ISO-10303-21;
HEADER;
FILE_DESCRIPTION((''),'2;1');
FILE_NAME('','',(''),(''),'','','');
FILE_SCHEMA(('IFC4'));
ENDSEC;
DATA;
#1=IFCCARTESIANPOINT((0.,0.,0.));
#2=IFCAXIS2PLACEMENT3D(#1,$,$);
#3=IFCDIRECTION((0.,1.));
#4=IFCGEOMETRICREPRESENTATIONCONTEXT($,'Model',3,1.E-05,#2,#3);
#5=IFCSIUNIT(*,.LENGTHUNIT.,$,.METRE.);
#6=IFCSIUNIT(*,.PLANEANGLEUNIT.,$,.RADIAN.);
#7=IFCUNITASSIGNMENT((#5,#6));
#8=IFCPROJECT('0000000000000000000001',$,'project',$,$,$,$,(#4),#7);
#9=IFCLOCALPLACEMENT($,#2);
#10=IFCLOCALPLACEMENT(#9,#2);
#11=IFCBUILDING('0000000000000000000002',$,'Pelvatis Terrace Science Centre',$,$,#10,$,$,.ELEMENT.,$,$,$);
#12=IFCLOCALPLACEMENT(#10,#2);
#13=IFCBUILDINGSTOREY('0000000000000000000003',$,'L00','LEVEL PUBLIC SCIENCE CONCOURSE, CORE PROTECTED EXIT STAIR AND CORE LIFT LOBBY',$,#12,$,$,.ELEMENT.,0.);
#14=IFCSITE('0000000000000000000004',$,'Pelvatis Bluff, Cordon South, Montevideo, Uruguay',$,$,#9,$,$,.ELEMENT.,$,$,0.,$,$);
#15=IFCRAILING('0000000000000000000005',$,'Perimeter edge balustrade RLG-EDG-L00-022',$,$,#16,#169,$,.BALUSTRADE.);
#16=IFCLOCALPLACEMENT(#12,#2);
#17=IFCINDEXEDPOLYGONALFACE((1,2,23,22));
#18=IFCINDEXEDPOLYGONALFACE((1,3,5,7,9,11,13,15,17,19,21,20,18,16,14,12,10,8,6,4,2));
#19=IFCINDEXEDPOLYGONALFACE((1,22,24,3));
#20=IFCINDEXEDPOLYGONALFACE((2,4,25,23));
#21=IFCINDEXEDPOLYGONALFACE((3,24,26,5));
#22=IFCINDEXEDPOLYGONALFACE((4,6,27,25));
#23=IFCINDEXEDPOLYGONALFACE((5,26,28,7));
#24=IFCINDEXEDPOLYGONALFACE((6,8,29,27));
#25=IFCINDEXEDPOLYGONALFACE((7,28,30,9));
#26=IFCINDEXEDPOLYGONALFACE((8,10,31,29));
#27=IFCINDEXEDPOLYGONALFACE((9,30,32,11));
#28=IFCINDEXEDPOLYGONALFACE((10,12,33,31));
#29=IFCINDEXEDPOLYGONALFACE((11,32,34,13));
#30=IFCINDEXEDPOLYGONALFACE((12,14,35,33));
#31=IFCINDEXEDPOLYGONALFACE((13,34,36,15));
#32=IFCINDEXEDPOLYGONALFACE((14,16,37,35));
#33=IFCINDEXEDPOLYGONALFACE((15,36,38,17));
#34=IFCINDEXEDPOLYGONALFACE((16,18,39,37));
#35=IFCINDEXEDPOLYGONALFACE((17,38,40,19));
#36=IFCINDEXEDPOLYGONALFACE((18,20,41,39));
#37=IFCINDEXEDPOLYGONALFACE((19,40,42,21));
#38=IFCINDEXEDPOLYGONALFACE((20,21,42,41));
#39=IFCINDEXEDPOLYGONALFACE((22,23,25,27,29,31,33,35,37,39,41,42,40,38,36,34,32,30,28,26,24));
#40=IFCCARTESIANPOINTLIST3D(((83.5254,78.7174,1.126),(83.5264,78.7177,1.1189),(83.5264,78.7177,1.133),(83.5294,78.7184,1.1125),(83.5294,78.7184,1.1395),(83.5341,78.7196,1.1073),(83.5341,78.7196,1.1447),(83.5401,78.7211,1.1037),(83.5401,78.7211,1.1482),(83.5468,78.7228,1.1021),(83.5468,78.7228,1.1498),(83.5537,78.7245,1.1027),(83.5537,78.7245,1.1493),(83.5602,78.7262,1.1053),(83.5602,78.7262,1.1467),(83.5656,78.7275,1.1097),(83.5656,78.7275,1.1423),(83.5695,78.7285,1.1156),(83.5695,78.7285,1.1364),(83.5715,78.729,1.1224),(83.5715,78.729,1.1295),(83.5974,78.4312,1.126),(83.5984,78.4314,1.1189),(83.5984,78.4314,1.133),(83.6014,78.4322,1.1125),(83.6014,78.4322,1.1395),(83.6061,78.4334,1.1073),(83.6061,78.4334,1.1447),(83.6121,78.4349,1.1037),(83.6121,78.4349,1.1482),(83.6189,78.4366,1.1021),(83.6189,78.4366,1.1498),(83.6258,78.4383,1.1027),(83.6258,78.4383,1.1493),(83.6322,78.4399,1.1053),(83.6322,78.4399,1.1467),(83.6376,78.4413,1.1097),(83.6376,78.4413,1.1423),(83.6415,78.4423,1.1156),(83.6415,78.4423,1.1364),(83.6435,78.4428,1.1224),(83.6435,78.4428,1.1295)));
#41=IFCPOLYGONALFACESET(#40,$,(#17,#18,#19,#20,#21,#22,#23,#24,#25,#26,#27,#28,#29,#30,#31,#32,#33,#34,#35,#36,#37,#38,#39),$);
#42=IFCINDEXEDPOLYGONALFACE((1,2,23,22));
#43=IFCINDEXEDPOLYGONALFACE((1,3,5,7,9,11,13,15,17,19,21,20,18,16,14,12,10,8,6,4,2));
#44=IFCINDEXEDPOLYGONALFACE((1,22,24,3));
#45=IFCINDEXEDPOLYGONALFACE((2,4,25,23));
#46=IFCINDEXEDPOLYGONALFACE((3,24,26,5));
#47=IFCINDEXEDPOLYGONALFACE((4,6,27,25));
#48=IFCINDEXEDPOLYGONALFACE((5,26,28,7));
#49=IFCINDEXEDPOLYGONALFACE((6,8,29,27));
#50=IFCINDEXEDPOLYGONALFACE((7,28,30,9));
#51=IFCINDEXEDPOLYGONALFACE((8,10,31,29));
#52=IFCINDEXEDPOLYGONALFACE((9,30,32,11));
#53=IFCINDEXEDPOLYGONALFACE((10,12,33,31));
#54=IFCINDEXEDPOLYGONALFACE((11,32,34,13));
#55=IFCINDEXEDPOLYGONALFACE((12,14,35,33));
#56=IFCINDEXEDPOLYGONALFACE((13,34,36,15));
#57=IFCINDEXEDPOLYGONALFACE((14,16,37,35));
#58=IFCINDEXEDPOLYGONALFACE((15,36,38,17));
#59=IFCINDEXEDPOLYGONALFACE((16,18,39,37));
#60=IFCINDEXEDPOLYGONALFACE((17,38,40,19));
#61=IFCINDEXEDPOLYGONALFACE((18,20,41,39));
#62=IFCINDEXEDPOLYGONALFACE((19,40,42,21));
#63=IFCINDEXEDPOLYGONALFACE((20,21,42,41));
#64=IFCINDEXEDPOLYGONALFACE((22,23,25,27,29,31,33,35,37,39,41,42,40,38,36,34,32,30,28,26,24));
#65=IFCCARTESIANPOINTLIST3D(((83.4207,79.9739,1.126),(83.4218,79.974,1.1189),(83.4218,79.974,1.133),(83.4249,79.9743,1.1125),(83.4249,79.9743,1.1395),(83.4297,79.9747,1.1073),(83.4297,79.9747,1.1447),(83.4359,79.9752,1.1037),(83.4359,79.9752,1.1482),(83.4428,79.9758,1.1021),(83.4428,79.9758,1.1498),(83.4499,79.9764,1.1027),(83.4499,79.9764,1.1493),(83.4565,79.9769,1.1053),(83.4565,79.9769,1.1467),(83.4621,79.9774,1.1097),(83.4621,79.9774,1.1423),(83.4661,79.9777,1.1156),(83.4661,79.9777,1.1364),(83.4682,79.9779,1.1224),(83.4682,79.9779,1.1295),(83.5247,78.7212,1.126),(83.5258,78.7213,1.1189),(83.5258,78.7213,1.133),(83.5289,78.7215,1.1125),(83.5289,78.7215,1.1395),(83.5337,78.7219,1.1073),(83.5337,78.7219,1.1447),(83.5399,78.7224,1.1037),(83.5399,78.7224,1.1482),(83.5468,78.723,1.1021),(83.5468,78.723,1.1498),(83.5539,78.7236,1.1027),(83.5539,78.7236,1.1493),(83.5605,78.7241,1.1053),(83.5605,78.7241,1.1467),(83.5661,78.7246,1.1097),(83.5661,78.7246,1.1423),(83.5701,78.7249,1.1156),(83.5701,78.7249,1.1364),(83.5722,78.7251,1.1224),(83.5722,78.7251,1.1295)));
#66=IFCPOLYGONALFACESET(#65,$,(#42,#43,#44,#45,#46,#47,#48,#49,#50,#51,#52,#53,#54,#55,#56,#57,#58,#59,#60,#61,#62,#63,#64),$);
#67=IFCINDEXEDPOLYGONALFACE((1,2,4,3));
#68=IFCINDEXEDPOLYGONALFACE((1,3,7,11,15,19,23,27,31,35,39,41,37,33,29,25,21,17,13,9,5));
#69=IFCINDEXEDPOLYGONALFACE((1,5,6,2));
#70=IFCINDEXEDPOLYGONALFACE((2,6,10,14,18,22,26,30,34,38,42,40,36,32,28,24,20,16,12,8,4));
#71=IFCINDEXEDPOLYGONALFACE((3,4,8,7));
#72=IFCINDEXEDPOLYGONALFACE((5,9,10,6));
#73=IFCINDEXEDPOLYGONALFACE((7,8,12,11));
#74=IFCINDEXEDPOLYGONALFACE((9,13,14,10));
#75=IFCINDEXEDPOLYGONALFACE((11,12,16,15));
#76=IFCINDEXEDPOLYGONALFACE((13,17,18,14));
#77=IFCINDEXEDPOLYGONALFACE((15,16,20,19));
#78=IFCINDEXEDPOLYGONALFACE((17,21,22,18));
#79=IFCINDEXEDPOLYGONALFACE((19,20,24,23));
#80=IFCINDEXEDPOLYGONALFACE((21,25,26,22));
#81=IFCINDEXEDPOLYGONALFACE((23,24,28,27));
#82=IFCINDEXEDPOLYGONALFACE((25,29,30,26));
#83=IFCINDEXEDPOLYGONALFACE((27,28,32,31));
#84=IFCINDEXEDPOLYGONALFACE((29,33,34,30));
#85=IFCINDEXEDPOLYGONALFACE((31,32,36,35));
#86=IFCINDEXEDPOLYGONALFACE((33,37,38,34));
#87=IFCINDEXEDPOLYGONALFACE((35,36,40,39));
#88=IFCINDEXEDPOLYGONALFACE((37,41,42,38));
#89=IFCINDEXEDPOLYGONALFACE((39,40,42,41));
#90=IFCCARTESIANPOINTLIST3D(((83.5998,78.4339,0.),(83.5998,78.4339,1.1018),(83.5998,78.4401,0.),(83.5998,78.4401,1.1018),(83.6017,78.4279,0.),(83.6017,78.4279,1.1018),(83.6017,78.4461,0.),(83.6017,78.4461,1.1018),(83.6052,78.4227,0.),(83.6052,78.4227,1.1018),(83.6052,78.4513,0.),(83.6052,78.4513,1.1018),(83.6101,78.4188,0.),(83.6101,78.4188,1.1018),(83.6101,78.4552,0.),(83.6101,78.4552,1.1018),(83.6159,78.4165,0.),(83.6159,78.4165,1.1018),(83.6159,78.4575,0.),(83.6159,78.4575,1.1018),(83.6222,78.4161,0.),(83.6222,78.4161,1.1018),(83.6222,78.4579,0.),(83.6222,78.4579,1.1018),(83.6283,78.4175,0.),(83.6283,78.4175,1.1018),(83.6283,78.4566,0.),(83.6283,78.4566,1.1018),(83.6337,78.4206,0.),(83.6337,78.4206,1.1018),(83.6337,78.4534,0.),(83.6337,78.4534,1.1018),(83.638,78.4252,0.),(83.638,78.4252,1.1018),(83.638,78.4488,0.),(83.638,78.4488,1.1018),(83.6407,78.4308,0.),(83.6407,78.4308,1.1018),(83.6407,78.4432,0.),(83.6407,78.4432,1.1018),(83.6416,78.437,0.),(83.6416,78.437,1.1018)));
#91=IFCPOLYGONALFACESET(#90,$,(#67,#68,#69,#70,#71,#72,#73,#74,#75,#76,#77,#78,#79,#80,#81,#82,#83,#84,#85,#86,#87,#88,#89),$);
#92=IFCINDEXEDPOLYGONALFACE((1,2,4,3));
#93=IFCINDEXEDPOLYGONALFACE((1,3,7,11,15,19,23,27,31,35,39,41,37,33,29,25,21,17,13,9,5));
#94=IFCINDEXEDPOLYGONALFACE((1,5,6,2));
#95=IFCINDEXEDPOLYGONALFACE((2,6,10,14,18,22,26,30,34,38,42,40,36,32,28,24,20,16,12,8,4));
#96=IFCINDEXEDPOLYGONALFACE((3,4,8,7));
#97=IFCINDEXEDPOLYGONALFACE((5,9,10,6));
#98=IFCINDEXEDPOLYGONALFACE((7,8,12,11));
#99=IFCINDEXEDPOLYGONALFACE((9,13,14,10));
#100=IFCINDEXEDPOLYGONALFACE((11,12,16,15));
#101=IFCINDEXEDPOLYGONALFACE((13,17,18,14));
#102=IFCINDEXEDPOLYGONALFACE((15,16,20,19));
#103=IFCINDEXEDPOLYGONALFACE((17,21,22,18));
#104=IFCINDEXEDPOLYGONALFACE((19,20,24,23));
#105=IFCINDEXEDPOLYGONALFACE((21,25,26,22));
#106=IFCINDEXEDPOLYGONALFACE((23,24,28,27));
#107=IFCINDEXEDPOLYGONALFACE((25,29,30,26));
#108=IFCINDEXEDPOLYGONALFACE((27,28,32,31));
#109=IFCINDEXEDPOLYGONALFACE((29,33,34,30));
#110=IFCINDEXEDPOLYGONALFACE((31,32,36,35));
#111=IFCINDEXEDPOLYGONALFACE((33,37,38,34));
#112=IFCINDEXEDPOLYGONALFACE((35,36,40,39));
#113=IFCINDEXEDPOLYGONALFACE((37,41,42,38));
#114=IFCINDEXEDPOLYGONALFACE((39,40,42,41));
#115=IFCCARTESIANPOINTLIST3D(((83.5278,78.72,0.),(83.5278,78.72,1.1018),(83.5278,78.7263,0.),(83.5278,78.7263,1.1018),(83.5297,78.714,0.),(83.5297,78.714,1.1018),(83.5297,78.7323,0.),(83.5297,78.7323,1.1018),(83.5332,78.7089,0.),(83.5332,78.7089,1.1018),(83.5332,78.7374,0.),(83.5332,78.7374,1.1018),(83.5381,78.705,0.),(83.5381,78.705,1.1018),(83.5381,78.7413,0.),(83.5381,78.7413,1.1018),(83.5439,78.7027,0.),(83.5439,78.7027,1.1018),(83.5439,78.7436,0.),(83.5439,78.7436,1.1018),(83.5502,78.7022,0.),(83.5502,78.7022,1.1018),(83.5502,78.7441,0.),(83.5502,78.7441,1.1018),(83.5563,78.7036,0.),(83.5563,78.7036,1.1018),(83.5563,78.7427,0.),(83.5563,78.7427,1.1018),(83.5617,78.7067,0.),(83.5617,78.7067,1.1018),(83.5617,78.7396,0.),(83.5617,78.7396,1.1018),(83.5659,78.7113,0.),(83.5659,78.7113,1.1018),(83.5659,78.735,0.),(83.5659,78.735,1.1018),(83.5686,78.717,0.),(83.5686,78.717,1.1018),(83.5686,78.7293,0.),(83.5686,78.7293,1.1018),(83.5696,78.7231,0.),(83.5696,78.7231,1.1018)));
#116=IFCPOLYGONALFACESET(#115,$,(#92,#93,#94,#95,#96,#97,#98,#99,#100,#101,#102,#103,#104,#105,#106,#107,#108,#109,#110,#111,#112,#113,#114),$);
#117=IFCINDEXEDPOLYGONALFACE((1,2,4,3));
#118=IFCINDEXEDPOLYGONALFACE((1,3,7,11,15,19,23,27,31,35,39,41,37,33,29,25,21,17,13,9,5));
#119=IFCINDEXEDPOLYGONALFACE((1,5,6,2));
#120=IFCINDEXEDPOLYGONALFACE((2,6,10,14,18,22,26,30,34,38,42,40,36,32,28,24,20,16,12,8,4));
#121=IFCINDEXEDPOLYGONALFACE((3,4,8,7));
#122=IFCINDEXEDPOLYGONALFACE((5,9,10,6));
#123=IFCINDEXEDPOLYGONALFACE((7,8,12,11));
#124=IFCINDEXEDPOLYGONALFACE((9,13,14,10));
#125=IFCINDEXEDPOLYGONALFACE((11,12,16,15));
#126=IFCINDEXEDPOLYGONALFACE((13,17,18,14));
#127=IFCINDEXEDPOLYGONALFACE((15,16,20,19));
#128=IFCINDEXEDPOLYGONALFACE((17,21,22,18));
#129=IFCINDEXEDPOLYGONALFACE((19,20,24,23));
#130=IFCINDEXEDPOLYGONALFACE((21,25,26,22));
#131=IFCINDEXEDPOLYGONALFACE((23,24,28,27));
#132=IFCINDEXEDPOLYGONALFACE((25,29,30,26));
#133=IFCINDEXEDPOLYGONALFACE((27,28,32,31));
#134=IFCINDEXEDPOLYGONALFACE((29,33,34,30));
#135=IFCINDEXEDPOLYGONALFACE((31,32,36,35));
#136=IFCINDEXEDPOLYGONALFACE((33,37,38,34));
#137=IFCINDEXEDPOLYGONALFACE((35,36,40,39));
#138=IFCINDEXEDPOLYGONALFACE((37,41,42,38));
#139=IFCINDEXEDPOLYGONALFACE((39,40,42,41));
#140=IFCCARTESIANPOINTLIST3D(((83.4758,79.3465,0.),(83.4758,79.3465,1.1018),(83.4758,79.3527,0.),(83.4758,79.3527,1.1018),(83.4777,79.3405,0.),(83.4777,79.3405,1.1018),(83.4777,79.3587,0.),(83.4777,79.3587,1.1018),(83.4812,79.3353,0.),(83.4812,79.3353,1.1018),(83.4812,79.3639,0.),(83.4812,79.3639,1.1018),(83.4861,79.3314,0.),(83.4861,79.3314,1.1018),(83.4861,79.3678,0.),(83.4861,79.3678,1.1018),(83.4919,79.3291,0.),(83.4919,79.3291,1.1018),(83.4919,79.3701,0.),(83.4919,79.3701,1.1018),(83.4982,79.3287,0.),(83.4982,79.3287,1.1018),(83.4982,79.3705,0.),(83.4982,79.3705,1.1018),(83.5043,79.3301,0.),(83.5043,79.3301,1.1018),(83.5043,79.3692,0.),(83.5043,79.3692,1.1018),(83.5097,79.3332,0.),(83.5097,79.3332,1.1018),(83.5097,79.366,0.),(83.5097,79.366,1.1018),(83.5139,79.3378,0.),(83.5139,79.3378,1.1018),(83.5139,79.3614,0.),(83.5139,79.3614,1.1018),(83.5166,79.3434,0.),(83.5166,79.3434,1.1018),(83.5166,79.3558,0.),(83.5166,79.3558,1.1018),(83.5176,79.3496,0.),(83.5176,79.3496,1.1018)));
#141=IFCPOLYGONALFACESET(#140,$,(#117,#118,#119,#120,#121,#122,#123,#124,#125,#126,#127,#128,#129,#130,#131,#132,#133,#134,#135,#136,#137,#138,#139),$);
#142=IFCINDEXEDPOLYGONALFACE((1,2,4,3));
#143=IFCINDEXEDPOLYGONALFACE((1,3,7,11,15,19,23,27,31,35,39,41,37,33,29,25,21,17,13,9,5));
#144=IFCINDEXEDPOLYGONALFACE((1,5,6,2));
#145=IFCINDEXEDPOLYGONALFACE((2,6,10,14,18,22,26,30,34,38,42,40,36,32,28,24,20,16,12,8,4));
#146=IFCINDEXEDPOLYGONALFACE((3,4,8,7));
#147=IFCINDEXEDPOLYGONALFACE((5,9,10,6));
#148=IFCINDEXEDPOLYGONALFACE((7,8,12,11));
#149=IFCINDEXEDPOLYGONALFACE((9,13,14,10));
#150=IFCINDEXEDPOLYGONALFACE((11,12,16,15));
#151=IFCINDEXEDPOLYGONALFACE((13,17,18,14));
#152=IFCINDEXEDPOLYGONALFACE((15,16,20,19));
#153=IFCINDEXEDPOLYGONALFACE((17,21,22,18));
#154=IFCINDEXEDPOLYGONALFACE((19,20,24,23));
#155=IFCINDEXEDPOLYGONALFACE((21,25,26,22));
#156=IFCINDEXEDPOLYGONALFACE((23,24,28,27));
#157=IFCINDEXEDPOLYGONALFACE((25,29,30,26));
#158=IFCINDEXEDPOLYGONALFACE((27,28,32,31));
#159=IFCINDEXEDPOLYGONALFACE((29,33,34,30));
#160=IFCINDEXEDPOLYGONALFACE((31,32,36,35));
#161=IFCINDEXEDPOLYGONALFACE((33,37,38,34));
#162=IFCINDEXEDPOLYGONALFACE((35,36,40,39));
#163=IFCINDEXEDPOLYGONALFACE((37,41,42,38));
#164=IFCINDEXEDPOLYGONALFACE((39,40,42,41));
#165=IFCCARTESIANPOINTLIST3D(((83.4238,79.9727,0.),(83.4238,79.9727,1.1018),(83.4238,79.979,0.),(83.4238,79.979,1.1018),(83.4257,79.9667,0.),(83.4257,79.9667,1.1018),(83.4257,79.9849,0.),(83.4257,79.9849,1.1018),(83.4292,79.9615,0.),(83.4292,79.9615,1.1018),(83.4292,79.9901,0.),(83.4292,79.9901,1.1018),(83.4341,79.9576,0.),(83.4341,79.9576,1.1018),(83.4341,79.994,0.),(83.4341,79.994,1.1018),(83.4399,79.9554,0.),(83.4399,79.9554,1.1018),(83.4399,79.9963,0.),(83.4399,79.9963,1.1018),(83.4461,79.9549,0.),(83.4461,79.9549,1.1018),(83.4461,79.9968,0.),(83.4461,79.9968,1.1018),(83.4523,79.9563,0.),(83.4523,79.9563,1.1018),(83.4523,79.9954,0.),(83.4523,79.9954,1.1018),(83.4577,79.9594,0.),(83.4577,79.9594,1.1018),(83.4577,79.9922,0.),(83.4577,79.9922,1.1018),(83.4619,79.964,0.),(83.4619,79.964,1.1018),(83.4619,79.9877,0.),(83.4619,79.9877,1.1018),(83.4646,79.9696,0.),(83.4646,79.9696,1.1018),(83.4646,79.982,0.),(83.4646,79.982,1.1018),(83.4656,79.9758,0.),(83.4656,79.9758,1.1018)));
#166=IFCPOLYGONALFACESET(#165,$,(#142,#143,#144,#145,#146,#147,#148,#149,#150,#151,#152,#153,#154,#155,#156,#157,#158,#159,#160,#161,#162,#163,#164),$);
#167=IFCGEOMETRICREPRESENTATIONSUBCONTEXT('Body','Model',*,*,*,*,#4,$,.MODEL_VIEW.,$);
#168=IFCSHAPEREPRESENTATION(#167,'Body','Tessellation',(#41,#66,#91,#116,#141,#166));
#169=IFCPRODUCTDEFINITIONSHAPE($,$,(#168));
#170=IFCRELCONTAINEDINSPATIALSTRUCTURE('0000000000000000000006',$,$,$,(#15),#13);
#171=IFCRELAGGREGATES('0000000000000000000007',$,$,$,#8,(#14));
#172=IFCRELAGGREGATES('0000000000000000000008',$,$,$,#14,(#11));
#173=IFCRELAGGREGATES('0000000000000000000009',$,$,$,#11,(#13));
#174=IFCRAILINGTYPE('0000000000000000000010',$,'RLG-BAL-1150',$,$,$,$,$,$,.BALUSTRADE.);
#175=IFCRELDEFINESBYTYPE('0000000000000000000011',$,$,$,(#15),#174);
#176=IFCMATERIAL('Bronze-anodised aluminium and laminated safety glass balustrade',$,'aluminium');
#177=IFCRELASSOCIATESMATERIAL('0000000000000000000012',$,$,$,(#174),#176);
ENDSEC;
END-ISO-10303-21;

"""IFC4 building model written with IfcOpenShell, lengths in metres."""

from ifc_helpers import new_model, si_unit, direction, frame, origin, origin_2d, place, context, subcontext, project, spatial, circle, extrude, material, type_object, element, save


model = new_model("IFC4")

# Units and contexts
model_context = context("Model", 3, precision=1e-05, world=origin(), true_north=direction((0.0, 1.0)))
body_context = subcontext(model_context, "Body", "Model", "MODEL_VIEW")
ifc_project = project(units=[si_unit("LENGTHUNIT", "METRE"), si_unit("PLANEANGLEUNIT", "RADIAN")], contexts=[model_context])

# Site, building, storey
site_placement = place(None, origin())
site = spatial("IfcSite", under=ifc_project, at=site_placement, Name="Pelvatis Bluff, Cordon South, Montevideo, Uruguay", CompositionType="ELEMENT", RefElevation=0.0)
building_placement = place(site_placement, origin())
building = spatial("IfcBuilding", under=site, at=building_placement, Name="Pelvatis Terrace Science Centre", CompositionType="ELEMENT")
storey_placement = place(building_placement, origin())
storey = spatial("IfcBuildingStorey", under=building, at=storey_placement, Name="L00", Description="LEVEL PUBLIC SCIENCE CONCOURSE, CORE PROTECTED EXIT STAIR AND CORE LIFT LOBBY", CompositionType="ELEMENT", Elevation=0.0)

# Railing
ifc_material_1 = material(Name="Bronze-anodised aluminium and laminated safety glass balustrade", Category="aluminium")
railing_type = type_object("IfcRailingType", Name="RLG-BAL-1150", PredefinedType="BALUSTRADE", material=ifc_material_1)
railing_placement = place(storey_placement, frame((83.6206, 78.437, 0.0)))
element("IfcRailing", 1, at=railing_placement, inside=storey, type_object=railing_type, Name="Perimeter edge balustrade RLG-EDG-L00-022", PredefinedType="BALUSTRADE", context=body_context, shape_type="SweptSolid", body=[
    extrude(circle(Radius=0.0239, at=origin_2d()), frame((0.0, 0.0, 1.126), z_axis=(-0.244093, 0.969752, 0.0), x_axis=(-0.969752, -0.244093, 0.0)), (0.0, 0.0, 1.0), 0.2952),
    extrude(circle(Radius=0.0239, at=origin_2d()), frame((-0.072, 0.2861, 1.126), z_axis=(-0.08274, 0.996571, 0.0), x_axis=(-0.996571, -0.08274, 0.0)), (0.0, 0.0, 1.0), 1.2571),
    extrude(circle(Radius=0.021, at=origin_2d()), origin(), (0.0, 0.0, 1.0), 1.1018),
    extrude(circle(Radius=0.021, at=origin_2d()), frame((-0.072, 0.2861, 0.0)), (0.0, 0.0, 1.0), 1.1018),
    extrude(circle(Radius=0.021, at=origin_2d()), frame((-0.124, 0.9126, 0.0)), (0.0, 0.0, 1.0), 1.1018),
    extrude(circle(Radius=0.021, at=origin_2d()), frame((-0.176, 1.5388, 0.0)), (0.0, 0.0, 1.0), 1.1018),
])

save(model, "model.ifc")
